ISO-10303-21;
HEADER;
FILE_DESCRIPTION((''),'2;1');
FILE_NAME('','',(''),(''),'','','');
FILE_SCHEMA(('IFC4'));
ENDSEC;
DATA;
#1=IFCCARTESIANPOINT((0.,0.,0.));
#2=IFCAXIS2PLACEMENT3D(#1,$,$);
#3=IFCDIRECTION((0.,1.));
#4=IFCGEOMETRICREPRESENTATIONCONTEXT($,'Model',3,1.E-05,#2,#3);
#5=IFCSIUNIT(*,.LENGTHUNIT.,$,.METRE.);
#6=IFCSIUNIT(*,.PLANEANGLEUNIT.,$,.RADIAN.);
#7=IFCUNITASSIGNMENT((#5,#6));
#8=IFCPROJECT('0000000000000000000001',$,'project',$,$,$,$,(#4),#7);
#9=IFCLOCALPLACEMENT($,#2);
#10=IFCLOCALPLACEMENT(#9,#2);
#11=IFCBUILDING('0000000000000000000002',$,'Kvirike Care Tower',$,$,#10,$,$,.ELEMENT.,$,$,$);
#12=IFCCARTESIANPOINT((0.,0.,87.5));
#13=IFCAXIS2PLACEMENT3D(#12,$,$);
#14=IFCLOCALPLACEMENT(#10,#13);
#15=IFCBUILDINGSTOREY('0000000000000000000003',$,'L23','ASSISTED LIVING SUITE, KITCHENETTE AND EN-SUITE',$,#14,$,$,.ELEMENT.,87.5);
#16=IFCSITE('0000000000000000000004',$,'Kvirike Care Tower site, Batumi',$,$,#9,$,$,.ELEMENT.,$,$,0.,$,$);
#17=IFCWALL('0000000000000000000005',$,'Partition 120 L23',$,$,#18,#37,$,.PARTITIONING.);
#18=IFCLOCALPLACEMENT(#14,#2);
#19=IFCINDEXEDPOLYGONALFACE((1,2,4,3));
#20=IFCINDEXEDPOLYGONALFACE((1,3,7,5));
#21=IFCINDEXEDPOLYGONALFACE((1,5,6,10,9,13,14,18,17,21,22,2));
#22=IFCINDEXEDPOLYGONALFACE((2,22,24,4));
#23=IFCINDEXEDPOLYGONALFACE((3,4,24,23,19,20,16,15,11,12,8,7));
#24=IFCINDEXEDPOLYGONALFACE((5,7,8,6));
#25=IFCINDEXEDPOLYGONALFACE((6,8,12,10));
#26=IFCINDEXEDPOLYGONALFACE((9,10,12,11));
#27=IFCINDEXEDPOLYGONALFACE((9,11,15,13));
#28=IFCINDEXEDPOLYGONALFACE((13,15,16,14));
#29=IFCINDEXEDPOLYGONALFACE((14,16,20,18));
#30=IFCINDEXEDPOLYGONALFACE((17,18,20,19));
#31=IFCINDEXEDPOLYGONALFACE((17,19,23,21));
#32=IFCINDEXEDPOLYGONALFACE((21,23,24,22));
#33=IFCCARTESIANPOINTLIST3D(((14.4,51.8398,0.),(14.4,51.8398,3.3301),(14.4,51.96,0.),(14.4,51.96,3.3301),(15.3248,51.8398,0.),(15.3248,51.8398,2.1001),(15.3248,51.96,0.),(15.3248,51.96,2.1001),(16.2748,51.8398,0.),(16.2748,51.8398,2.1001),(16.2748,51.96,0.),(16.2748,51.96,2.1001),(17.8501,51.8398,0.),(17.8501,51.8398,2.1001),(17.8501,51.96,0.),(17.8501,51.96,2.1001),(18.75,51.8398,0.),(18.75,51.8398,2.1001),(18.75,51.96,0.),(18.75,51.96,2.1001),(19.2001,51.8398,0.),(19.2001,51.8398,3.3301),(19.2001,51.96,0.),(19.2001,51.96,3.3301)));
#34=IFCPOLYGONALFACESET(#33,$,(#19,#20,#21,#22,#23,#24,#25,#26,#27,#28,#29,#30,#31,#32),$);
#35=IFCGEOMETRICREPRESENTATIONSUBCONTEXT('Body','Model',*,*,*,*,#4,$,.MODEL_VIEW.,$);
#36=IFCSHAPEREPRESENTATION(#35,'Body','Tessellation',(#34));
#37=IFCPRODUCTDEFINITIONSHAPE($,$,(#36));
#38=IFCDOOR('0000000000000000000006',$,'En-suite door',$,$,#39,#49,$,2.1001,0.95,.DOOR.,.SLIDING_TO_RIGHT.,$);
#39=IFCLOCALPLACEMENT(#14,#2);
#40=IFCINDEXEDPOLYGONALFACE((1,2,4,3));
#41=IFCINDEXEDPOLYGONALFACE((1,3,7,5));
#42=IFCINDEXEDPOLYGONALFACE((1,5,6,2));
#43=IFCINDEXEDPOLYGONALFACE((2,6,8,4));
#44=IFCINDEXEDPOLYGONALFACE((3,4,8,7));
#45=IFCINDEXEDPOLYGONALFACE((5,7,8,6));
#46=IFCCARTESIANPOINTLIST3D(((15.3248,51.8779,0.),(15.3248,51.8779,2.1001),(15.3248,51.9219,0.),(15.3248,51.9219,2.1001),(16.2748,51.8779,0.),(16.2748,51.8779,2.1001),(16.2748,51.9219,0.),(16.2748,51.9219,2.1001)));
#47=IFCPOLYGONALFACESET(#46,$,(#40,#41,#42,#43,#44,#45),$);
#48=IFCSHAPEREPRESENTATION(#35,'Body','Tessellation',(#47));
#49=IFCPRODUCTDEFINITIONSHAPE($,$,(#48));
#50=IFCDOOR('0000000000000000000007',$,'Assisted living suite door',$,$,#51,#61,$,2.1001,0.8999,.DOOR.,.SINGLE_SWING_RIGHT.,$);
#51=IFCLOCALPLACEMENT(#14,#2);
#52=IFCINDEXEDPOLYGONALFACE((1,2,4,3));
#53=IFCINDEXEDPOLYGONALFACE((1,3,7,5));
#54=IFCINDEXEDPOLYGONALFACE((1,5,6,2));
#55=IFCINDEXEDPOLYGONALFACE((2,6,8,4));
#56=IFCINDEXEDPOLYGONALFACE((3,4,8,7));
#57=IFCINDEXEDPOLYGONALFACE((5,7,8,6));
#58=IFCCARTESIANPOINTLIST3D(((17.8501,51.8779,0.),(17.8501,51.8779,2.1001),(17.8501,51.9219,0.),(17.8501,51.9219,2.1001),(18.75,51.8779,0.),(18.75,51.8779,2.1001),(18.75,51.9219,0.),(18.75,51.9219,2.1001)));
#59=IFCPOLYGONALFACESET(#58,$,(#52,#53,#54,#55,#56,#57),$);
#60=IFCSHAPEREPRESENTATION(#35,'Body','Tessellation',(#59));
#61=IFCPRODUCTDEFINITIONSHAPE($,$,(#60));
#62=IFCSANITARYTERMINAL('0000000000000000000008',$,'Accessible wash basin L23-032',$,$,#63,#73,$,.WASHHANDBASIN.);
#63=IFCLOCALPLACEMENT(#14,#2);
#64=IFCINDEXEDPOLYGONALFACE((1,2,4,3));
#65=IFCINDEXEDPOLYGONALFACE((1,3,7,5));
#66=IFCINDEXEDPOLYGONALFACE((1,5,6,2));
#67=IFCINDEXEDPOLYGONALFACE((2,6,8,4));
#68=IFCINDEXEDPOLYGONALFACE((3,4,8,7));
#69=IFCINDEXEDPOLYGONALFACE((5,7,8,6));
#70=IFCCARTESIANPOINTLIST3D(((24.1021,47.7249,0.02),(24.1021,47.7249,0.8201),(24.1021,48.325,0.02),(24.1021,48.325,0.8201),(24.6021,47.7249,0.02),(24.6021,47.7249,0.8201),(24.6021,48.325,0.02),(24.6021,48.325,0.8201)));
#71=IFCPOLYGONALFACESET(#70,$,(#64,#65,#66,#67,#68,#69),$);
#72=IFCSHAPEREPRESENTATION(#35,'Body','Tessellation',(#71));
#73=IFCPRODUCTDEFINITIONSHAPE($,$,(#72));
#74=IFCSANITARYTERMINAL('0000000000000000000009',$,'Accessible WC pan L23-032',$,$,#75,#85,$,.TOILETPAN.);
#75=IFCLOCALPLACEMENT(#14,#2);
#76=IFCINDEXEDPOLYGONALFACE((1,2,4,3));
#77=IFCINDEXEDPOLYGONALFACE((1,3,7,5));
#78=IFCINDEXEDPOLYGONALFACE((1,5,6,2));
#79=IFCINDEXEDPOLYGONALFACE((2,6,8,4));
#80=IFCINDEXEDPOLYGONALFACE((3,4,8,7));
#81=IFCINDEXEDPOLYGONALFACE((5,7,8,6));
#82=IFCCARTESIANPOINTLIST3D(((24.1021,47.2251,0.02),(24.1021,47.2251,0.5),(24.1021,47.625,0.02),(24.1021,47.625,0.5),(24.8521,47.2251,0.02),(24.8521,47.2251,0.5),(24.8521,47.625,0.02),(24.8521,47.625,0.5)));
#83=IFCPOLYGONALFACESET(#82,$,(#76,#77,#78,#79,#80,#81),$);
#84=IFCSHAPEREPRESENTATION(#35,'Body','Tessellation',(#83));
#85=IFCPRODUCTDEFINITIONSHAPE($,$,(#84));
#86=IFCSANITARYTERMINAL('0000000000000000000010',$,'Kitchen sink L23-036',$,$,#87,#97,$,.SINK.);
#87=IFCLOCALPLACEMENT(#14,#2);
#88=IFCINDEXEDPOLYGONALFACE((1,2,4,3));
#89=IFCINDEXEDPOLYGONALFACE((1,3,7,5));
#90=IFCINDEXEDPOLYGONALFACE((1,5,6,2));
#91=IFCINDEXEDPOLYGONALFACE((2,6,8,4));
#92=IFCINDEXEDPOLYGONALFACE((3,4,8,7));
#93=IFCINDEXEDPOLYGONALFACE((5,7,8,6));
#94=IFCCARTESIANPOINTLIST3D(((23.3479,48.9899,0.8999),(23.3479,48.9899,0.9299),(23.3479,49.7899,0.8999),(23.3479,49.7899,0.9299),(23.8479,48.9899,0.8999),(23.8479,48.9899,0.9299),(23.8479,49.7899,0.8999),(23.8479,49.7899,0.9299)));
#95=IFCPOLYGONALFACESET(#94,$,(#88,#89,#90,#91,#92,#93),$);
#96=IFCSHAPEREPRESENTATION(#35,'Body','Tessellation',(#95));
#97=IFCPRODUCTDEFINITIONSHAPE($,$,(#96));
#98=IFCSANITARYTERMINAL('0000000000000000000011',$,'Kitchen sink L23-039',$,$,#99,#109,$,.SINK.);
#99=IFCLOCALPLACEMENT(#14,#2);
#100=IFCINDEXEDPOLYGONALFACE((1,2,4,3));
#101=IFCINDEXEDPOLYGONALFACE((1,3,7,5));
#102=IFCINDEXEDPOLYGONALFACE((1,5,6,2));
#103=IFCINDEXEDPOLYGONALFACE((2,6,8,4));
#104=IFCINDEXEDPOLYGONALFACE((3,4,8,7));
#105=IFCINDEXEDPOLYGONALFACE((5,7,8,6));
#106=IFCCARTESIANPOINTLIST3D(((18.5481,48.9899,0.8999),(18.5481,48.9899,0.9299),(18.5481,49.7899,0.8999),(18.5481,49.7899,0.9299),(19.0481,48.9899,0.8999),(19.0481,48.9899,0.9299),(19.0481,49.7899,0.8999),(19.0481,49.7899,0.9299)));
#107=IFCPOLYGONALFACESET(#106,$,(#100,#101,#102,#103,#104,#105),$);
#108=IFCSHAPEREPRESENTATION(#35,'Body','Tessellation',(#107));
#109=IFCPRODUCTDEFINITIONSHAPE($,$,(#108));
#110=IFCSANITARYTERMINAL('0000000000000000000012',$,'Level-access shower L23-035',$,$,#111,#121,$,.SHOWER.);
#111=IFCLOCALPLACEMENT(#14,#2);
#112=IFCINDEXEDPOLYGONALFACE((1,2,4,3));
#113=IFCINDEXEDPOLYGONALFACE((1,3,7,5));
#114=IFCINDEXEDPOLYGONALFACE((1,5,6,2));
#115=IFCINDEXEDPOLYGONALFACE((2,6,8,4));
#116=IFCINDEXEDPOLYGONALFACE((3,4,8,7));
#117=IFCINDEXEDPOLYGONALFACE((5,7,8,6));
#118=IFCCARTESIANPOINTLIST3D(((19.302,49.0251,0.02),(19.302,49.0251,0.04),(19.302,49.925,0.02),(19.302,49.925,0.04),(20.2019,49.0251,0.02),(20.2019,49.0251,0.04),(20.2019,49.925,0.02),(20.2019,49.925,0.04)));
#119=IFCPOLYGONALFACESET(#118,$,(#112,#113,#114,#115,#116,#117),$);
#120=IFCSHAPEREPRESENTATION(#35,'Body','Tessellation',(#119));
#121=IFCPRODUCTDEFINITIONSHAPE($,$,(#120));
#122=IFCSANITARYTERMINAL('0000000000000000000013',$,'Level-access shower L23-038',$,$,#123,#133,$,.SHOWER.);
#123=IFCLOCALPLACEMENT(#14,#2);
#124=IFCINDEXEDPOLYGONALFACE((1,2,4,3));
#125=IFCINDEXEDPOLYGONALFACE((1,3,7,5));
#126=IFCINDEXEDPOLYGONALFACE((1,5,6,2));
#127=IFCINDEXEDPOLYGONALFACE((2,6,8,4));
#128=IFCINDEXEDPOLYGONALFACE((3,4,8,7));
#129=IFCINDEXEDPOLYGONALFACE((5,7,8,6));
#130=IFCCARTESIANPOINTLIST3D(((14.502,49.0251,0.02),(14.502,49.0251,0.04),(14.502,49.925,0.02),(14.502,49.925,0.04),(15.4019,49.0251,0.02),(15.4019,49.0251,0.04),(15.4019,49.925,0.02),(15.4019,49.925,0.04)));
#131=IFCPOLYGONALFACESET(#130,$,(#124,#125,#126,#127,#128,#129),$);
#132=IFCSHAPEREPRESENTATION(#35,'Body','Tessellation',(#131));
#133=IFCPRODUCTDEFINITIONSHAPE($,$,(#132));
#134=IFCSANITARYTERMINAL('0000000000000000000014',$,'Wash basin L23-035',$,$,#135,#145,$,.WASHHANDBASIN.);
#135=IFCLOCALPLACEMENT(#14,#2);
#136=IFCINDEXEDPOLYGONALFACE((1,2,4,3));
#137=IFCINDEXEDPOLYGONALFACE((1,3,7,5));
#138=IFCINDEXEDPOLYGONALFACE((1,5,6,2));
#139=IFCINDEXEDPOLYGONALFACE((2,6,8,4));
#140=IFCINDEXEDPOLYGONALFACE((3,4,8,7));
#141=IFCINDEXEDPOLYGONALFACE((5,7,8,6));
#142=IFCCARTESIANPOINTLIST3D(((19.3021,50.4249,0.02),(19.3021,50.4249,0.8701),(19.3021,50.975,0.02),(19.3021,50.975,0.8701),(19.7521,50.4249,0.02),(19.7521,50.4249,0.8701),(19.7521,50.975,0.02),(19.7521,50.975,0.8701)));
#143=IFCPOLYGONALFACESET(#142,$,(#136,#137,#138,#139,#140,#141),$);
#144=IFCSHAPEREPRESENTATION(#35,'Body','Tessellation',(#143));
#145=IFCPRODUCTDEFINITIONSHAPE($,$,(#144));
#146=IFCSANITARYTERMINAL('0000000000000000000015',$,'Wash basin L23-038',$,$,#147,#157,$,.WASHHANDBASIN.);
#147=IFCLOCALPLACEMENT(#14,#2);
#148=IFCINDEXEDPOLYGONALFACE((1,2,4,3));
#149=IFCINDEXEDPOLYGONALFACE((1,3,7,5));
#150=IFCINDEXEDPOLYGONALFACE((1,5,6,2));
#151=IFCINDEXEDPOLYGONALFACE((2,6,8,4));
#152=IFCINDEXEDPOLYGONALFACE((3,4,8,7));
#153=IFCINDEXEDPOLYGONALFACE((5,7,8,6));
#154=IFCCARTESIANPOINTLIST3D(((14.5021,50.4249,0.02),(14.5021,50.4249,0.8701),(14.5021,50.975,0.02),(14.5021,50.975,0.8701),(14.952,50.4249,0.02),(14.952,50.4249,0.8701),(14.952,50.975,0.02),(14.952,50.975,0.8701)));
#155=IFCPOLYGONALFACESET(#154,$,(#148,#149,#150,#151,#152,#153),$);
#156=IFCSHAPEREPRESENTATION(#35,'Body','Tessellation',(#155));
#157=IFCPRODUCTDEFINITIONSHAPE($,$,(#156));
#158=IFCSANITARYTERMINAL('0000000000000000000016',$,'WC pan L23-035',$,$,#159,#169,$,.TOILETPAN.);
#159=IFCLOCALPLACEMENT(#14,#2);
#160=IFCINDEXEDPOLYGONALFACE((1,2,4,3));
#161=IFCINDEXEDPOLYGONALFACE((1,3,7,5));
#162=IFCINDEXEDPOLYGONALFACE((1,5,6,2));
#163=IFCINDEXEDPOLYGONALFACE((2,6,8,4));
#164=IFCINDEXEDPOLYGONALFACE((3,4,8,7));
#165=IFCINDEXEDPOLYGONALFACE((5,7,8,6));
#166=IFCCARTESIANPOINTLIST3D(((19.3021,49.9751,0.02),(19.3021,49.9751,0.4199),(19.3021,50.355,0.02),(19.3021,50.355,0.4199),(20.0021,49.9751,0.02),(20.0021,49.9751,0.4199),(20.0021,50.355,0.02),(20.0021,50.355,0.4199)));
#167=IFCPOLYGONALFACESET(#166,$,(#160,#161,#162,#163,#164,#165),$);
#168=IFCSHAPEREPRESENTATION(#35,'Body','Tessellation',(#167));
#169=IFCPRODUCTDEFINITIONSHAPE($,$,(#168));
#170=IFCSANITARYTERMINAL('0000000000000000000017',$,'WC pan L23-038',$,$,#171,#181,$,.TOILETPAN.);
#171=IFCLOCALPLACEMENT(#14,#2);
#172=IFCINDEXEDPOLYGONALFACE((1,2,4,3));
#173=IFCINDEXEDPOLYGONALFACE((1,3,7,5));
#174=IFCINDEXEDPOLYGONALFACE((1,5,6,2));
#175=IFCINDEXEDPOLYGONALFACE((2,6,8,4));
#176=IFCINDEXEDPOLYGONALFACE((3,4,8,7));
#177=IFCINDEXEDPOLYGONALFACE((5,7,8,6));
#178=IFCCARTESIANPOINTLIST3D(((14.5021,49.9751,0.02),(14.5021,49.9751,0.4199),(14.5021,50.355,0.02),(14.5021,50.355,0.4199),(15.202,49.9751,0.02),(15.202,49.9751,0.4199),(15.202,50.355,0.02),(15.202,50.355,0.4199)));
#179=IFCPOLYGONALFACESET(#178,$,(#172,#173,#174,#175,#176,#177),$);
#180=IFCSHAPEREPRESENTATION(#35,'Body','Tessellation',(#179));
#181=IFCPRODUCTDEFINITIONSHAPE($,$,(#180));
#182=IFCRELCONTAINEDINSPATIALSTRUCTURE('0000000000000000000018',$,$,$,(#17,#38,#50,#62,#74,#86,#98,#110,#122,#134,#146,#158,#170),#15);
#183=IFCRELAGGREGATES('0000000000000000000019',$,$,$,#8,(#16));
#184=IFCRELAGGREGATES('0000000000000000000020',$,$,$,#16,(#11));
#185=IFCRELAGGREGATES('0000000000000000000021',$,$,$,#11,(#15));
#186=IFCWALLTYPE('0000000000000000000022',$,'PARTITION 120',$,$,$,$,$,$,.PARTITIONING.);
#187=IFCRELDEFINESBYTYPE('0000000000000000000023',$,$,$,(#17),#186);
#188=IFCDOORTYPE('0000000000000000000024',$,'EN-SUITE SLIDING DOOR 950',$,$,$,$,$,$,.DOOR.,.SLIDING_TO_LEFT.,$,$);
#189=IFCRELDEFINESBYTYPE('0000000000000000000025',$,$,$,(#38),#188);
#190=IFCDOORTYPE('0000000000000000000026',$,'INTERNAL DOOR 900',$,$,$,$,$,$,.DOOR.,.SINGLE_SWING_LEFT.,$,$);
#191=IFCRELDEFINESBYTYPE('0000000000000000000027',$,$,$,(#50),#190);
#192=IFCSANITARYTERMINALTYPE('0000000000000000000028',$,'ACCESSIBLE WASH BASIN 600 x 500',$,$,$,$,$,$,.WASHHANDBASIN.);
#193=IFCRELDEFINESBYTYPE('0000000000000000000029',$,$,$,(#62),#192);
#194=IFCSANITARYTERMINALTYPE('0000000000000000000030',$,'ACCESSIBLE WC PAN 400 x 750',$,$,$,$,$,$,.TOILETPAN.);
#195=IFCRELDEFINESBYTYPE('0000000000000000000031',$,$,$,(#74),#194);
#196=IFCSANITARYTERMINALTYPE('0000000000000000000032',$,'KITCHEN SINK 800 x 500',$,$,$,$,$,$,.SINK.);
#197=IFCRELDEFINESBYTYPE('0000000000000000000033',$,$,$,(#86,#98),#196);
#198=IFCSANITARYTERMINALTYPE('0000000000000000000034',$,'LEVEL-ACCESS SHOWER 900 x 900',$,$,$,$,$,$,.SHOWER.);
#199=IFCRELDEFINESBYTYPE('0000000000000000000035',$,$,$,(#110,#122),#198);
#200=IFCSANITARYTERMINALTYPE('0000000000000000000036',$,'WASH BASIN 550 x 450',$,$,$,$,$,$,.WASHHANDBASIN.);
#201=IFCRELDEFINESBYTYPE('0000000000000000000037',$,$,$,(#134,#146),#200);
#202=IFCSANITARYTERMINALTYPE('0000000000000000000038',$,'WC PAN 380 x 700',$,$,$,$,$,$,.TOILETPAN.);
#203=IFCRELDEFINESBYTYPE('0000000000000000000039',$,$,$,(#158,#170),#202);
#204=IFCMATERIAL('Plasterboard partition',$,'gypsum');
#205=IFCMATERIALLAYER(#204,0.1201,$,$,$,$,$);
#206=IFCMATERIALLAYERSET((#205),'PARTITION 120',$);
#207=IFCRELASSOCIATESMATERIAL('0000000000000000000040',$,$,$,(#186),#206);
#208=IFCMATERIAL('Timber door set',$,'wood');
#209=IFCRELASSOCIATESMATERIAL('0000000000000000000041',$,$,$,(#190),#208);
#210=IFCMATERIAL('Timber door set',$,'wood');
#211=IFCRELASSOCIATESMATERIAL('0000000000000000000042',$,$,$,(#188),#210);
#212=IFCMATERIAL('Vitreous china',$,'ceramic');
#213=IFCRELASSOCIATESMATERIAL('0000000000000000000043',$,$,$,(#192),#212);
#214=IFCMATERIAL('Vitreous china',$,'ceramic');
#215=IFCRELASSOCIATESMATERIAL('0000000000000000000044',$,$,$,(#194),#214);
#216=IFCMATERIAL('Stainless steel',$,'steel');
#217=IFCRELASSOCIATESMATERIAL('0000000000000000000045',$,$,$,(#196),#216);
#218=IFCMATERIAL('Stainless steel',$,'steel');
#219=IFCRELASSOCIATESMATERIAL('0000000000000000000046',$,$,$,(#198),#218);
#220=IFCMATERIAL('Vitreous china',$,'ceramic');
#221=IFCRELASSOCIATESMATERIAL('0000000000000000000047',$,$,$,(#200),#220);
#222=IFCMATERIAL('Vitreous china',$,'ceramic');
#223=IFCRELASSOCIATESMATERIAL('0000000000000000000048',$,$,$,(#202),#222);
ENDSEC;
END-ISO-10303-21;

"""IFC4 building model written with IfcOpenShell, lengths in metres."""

from ifc_helpers import new_model, si_unit, direction, frame, frame_2d, origin, origin_2d, place, context, subcontext, project, spatial, rectangle, extrude, material, layer, layer_set, type_object, element, fill, save


model = new_model("IFC4")

# Units and contexts
model_context = context("Model", 3, precision=1e-05, world=origin(), true_north=direction((0.0, 1.0)))
body_context = subcontext(model_context, "Body", "Model", "MODEL_VIEW")
ifc_project = project(units=[si_unit("LENGTHUNIT", "METRE"), si_unit("PLANEANGLEUNIT", "RADIAN")], contexts=[model_context])

# Site, building, storey
site_placement = place(None, origin())
site = spatial("IfcSite", under=ifc_project, at=site_placement, Name="Kvirike Care Tower site, Batumi", CompositionType="ELEMENT", RefElevation=0.0)
building_placement = place(site_placement, origin())
building = spatial("IfcBuilding", under=site, at=building_placement, Name="Kvirike Care Tower", CompositionType="ELEMENT")
storey_placement = place(building_placement, frame((0.0, 0.0, 87.5)))
storey = spatial("IfcBuildingStorey", under=building, at=storey_placement, Name="L23", Description="ASSISTED LIVING SUITE, KITCHENETTE AND EN-SUITE", CompositionType="ELEMENT", Elevation=87.5)

# Shared definitions
ifc_material_1 = material(Name="Plasterboard partition", Category="gypsum")
ifc_layer_1 = layer(ifc_material_1, 0.1201)
ifc_layer_set_1 = layer_set([ifc_layer_1], Name="PARTITION 120")
wall_type_1 = type_object("IfcWallType", Name="PARTITION 120", PredefinedType="PARTITIONING", material=ifc_layer_set_1)
ifc_material_2 = material(Name="Timber door set", Category="wood")
door_type_1 = type_object("IfcDoorType", Name="INTERNAL DOOR 900", OperationType="SINGLE_SWING_LEFT", PredefinedType="DOOR", material=ifc_material_2)

# Wall, openings, doors
wall_1_placement = place(storey_placement, frame((19.2, 51.8999, 0.0), z_axis=(0.0, 0.0, 1.0), x_axis=(-1.0, 0.0, 0.0)))
wall_1 = element("IfcWall", 1, at=wall_1_placement, inside=storey, type_object=wall_type_1, Name="Partition 120 L23", PredefinedType="PARTITIONING", context=body_context, shape_type="SweptSolid", body=[
    extrude(rectangle(XDim=4.8, YDim=0.1201, at=frame_2d((2.3999, 0.0))), origin(), (0.0, 0.0, 1.0), 3.3301),
])
opening_1_placement = place(wall_1_placement, frame((0.45, 0.0, 0.0)))
opening_1 = element("IfcOpeningElement", 2, at=opening_1_placement, cuts=wall_1, PredefinedType="OPENING", context=body_context, shape_type="SweptSolid", body=[
    extrude(rectangle(XDim=0.8999, YDim=2.1001, at=frame_2d((0.45, 1.05))), frame((0.0, 0.0706, 0.0), z_axis=(0.0, -1.0, 0.0), x_axis=(1.0, 0.0, 0.0)), (0.0, 0.0, 1.0), 0.1411),
])
opening_2_placement = place(wall_1_placement, frame((2.925, 0.0, 0.0)))
opening_2 = element("IfcOpeningElement", 3, at=opening_2_placement, cuts=wall_1, PredefinedType="OPENING", context=body_context, shape_type="SweptSolid", body=[
    extrude(rectangle(XDim=0.95, YDim=2.1001, at=frame_2d((0.4751, 1.05))), frame((0.0, 0.0706, 0.0), z_axis=(0.0, -1.0, 0.0), x_axis=(1.0, 0.0, 0.0)), (0.0, 0.0, 1.0), 0.1411),
])
ifc_material_3 = material(Name="Timber door set", Category="wood")
door_type_2 = type_object("IfcDoorType", Name="EN-SUITE SLIDING DOOR 950", OperationType="SLIDING_TO_LEFT", PredefinedType="DOOR", material=ifc_material_3)
door_1_placement = place(opening_2_placement, origin())
door_1 = element("IfcDoor", 4, at=door_1_placement, inside=storey, type_object=door_type_2, Name="En-suite door", OperationType="SLIDING_TO_RIGHT", OverallHeight=2.1001, OverallWidth=0.95, PredefinedType="DOOR", context=body_context, shape_type="SweptSolid", body=[
    extrude(rectangle(XDim=0.95, YDim=2.1001, at=frame_2d((0.4751, 1.05))), frame((0.0, 0.022, 0.0), z_axis=(0.0, -1.0, 0.0), x_axis=(1.0, 0.0, 0.0)), (0.0, 0.0, 1.0), 0.0439),
])
fill(opening_2, door_1)
door_2_placement = place(opening_1_placement, origin())
door_2 = element("IfcDoor", 5, at=door_2_placement, inside=storey, type_object=door_type_1, Name="Assisted living suite door", OperationType="SINGLE_SWING_RIGHT", OverallHeight=2.1001, OverallWidth=0.8999, PredefinedType="DOOR", context=body_context, shape_type="SweptSolid", body=[
    extrude(rectangle(XDim=0.8999, YDim=2.1001, at=frame_2d((0.45, 1.05))), frame((0.0, 0.022, 0.0), z_axis=(0.0, -1.0, 0.0), x_axis=(1.0, 0.0, 0.0)), (0.0, 0.0, 1.0), 0.0439),
])
fill(opening_1, door_2)

# Sanitary terminals
ifc_material_4 = material(Name="Vitreous china", Category="ceramic")
sanitary_terminal_type_1 = type_object("IfcSanitaryTerminalType", Name="ACCESSIBLE WASH BASIN 600 x 500", PredefinedType="WASHHANDBASIN", material=ifc_material_4)
sanitary_terminal_1_placement = place(storey_placement, frame((24.3521, 48.0249, 0.02), z_axis=(0.0, 0.0, 1.0), x_axis=(0.0, 1.0, 0.0)))
element("IfcSanitaryTerminal", 6, at=sanitary_terminal_1_placement, inside=storey, type_object=sanitary_terminal_type_1, Name="Accessible wash basin L23-032", PredefinedType="WASHHANDBASIN", context=body_context, shape_type="SweptSolid", body=[
    extrude(rectangle(XDim=0.6001, YDim=0.5, at=origin_2d()), origin(), (0.0, 0.0, 1.0), 0.8),
])
ifc_material_5 = material(Name="Vitreous china", Category="ceramic")
sanitary_terminal_type_2 = type_object("IfcSanitaryTerminalType", Name="ACCESSIBLE WC PAN 400 x 750", PredefinedType="TOILETPAN", material=ifc_material_5)
sanitary_terminal_2_placement = place(storey_placement, frame((24.4771, 47.425, 0.02), z_axis=(0.0, 0.0, 1.0), x_axis=(0.0, 1.0, 0.0)))
element("IfcSanitaryTerminal", 7, at=sanitary_terminal_2_placement, inside=storey, type_object=sanitary_terminal_type_2, Name="Accessible WC pan L23-032", PredefinedType="TOILETPAN", context=body_context, shape_type="SweptSolid", body=[
    extrude(rectangle(XDim=0.3999, YDim=0.75, at=origin_2d()), origin(), (0.0, 0.0, 1.0), 0.48),
])
ifc_material_6 = material(Name="Stainless steel", Category="steel")
sanitary_terminal_type_3 = type_object("IfcSanitaryTerminalType", Name="KITCHEN SINK 800 x 500", PredefinedType="SINK", material=ifc_material_6)
for number, where, z_axis, x_axis, name in (
    (8, (23.5979, 49.3899, 0.8999), (0.0, 0.0, 1.0), (0.0, -1.0, 0.0), "Kitchen sink L23-036"),
    (9, (18.7981, 49.3899, 0.8999), (0.0, 0.0, 1.0), (0.0, -1.0, 0.0), "Kitchen sink L23-039"),
):
    element("IfcSanitaryTerminal", number, at=place(storey_placement, frame(where, z_axis=z_axis, x_axis=x_axis)), inside=storey, type_object=sanitary_terminal_type_3, Name=name, PredefinedType="SINK", context=body_context, shape_type="SweptSolid", body=[
        extrude(rectangle(XDim=0.8, YDim=0.5, at=origin_2d()), origin(), (0.0, 0.0, 1.0), 0.03),
    ])
ifc_material_7 = material(Name="Stainless steel", Category="steel")
sanitary_terminal_type_4 = type_object("IfcSanitaryTerminalType", Name="LEVEL-ACCESS SHOWER 900 x 900", PredefinedType="SHOWER", material=ifc_material_7)
for number, where, z_axis, x_axis, name in (
    (10, (19.752, 49.4751, 0.02), (0.0, 0.0, 1.0), (0.0, 1.0, 0.0), "Level-access shower L23-035"),
    (11, (14.9519, 49.4751, 0.02), (0.0, 0.0, 1.0), (0.0, 1.0, 0.0), "Level-access shower L23-038"),
):
    element("IfcSanitaryTerminal", number, at=place(storey_placement, frame(where, z_axis=z_axis, x_axis=x_axis)), inside=storey, type_object=sanitary_terminal_type_4, Name=name, PredefinedType="SHOWER", context=body_context, shape_type="SweptSolid", body=[
        extrude(rectangle(XDim=0.8999, YDim=0.8999, at=origin_2d()), origin(), (0.0, 0.0, 1.0), 0.02),
    ])
ifc_material_8 = material(Name="Vitreous china", Category="ceramic")
sanitary_terminal_type_5 = type_object("IfcSanitaryTerminalType", Name="WASH BASIN 550 x 450", PredefinedType="WASHHANDBASIN", material=ifc_material_8)
for number, where, z_axis, x_axis, name in (
    (12, (19.5271, 50.7, 0.02), (0.0, 0.0, 1.0), (0.0, 1.0, 0.0), "Wash basin L23-035"),
    (13, (14.7271, 50.7, 0.02), (0.0, 0.0, 1.0), (0.0, 1.0, 0.0), "Wash basin L23-038"),
):
    element("IfcSanitaryTerminal", number, at=place(storey_placement, frame(where, z_axis=z_axis, x_axis=x_axis)), inside=storey, type_object=sanitary_terminal_type_5, Name=name, PredefinedType="WASHHANDBASIN", context=body_context, shape_type="SweptSolid", body=[
        extrude(rectangle(XDim=0.55, YDim=0.45, at=origin_2d()), origin(), (0.0, 0.0, 1.0), 0.8501),
    ])
ifc_material_9 = material(Name="Vitreous china", Category="ceramic")
sanitary_terminal_type_6 = type_object("IfcSanitaryTerminalType", Name="WC PAN 380 x 700", PredefinedType="TOILETPAN", material=ifc_material_9)
for number, where, z_axis, x_axis, name in (
    (14, (19.6521, 50.165, 0.02), (0.0, 0.0, 1.0), (0.0, 1.0, 0.0), "WC pan L23-035"),
    (15, (14.8521, 50.165, 0.02), (0.0, 0.0, 1.0), (0.0, 1.0, 0.0), "WC pan L23-038"),
):
    element("IfcSanitaryTerminal", number, at=place(storey_placement, frame(where, z_axis=z_axis, x_axis=x_axis)), inside=storey, type_object=sanitary_terminal_type_6, Name=name, PredefinedType="TOILETPAN", context=body_context, shape_type="SweptSolid", body=[
        extrude(rectangle(XDim=0.3799, YDim=0.7, at=origin_2d()), origin(), (0.0, 0.0, 1.0), 0.3999),
    ])

save(model, "model.ifc")
